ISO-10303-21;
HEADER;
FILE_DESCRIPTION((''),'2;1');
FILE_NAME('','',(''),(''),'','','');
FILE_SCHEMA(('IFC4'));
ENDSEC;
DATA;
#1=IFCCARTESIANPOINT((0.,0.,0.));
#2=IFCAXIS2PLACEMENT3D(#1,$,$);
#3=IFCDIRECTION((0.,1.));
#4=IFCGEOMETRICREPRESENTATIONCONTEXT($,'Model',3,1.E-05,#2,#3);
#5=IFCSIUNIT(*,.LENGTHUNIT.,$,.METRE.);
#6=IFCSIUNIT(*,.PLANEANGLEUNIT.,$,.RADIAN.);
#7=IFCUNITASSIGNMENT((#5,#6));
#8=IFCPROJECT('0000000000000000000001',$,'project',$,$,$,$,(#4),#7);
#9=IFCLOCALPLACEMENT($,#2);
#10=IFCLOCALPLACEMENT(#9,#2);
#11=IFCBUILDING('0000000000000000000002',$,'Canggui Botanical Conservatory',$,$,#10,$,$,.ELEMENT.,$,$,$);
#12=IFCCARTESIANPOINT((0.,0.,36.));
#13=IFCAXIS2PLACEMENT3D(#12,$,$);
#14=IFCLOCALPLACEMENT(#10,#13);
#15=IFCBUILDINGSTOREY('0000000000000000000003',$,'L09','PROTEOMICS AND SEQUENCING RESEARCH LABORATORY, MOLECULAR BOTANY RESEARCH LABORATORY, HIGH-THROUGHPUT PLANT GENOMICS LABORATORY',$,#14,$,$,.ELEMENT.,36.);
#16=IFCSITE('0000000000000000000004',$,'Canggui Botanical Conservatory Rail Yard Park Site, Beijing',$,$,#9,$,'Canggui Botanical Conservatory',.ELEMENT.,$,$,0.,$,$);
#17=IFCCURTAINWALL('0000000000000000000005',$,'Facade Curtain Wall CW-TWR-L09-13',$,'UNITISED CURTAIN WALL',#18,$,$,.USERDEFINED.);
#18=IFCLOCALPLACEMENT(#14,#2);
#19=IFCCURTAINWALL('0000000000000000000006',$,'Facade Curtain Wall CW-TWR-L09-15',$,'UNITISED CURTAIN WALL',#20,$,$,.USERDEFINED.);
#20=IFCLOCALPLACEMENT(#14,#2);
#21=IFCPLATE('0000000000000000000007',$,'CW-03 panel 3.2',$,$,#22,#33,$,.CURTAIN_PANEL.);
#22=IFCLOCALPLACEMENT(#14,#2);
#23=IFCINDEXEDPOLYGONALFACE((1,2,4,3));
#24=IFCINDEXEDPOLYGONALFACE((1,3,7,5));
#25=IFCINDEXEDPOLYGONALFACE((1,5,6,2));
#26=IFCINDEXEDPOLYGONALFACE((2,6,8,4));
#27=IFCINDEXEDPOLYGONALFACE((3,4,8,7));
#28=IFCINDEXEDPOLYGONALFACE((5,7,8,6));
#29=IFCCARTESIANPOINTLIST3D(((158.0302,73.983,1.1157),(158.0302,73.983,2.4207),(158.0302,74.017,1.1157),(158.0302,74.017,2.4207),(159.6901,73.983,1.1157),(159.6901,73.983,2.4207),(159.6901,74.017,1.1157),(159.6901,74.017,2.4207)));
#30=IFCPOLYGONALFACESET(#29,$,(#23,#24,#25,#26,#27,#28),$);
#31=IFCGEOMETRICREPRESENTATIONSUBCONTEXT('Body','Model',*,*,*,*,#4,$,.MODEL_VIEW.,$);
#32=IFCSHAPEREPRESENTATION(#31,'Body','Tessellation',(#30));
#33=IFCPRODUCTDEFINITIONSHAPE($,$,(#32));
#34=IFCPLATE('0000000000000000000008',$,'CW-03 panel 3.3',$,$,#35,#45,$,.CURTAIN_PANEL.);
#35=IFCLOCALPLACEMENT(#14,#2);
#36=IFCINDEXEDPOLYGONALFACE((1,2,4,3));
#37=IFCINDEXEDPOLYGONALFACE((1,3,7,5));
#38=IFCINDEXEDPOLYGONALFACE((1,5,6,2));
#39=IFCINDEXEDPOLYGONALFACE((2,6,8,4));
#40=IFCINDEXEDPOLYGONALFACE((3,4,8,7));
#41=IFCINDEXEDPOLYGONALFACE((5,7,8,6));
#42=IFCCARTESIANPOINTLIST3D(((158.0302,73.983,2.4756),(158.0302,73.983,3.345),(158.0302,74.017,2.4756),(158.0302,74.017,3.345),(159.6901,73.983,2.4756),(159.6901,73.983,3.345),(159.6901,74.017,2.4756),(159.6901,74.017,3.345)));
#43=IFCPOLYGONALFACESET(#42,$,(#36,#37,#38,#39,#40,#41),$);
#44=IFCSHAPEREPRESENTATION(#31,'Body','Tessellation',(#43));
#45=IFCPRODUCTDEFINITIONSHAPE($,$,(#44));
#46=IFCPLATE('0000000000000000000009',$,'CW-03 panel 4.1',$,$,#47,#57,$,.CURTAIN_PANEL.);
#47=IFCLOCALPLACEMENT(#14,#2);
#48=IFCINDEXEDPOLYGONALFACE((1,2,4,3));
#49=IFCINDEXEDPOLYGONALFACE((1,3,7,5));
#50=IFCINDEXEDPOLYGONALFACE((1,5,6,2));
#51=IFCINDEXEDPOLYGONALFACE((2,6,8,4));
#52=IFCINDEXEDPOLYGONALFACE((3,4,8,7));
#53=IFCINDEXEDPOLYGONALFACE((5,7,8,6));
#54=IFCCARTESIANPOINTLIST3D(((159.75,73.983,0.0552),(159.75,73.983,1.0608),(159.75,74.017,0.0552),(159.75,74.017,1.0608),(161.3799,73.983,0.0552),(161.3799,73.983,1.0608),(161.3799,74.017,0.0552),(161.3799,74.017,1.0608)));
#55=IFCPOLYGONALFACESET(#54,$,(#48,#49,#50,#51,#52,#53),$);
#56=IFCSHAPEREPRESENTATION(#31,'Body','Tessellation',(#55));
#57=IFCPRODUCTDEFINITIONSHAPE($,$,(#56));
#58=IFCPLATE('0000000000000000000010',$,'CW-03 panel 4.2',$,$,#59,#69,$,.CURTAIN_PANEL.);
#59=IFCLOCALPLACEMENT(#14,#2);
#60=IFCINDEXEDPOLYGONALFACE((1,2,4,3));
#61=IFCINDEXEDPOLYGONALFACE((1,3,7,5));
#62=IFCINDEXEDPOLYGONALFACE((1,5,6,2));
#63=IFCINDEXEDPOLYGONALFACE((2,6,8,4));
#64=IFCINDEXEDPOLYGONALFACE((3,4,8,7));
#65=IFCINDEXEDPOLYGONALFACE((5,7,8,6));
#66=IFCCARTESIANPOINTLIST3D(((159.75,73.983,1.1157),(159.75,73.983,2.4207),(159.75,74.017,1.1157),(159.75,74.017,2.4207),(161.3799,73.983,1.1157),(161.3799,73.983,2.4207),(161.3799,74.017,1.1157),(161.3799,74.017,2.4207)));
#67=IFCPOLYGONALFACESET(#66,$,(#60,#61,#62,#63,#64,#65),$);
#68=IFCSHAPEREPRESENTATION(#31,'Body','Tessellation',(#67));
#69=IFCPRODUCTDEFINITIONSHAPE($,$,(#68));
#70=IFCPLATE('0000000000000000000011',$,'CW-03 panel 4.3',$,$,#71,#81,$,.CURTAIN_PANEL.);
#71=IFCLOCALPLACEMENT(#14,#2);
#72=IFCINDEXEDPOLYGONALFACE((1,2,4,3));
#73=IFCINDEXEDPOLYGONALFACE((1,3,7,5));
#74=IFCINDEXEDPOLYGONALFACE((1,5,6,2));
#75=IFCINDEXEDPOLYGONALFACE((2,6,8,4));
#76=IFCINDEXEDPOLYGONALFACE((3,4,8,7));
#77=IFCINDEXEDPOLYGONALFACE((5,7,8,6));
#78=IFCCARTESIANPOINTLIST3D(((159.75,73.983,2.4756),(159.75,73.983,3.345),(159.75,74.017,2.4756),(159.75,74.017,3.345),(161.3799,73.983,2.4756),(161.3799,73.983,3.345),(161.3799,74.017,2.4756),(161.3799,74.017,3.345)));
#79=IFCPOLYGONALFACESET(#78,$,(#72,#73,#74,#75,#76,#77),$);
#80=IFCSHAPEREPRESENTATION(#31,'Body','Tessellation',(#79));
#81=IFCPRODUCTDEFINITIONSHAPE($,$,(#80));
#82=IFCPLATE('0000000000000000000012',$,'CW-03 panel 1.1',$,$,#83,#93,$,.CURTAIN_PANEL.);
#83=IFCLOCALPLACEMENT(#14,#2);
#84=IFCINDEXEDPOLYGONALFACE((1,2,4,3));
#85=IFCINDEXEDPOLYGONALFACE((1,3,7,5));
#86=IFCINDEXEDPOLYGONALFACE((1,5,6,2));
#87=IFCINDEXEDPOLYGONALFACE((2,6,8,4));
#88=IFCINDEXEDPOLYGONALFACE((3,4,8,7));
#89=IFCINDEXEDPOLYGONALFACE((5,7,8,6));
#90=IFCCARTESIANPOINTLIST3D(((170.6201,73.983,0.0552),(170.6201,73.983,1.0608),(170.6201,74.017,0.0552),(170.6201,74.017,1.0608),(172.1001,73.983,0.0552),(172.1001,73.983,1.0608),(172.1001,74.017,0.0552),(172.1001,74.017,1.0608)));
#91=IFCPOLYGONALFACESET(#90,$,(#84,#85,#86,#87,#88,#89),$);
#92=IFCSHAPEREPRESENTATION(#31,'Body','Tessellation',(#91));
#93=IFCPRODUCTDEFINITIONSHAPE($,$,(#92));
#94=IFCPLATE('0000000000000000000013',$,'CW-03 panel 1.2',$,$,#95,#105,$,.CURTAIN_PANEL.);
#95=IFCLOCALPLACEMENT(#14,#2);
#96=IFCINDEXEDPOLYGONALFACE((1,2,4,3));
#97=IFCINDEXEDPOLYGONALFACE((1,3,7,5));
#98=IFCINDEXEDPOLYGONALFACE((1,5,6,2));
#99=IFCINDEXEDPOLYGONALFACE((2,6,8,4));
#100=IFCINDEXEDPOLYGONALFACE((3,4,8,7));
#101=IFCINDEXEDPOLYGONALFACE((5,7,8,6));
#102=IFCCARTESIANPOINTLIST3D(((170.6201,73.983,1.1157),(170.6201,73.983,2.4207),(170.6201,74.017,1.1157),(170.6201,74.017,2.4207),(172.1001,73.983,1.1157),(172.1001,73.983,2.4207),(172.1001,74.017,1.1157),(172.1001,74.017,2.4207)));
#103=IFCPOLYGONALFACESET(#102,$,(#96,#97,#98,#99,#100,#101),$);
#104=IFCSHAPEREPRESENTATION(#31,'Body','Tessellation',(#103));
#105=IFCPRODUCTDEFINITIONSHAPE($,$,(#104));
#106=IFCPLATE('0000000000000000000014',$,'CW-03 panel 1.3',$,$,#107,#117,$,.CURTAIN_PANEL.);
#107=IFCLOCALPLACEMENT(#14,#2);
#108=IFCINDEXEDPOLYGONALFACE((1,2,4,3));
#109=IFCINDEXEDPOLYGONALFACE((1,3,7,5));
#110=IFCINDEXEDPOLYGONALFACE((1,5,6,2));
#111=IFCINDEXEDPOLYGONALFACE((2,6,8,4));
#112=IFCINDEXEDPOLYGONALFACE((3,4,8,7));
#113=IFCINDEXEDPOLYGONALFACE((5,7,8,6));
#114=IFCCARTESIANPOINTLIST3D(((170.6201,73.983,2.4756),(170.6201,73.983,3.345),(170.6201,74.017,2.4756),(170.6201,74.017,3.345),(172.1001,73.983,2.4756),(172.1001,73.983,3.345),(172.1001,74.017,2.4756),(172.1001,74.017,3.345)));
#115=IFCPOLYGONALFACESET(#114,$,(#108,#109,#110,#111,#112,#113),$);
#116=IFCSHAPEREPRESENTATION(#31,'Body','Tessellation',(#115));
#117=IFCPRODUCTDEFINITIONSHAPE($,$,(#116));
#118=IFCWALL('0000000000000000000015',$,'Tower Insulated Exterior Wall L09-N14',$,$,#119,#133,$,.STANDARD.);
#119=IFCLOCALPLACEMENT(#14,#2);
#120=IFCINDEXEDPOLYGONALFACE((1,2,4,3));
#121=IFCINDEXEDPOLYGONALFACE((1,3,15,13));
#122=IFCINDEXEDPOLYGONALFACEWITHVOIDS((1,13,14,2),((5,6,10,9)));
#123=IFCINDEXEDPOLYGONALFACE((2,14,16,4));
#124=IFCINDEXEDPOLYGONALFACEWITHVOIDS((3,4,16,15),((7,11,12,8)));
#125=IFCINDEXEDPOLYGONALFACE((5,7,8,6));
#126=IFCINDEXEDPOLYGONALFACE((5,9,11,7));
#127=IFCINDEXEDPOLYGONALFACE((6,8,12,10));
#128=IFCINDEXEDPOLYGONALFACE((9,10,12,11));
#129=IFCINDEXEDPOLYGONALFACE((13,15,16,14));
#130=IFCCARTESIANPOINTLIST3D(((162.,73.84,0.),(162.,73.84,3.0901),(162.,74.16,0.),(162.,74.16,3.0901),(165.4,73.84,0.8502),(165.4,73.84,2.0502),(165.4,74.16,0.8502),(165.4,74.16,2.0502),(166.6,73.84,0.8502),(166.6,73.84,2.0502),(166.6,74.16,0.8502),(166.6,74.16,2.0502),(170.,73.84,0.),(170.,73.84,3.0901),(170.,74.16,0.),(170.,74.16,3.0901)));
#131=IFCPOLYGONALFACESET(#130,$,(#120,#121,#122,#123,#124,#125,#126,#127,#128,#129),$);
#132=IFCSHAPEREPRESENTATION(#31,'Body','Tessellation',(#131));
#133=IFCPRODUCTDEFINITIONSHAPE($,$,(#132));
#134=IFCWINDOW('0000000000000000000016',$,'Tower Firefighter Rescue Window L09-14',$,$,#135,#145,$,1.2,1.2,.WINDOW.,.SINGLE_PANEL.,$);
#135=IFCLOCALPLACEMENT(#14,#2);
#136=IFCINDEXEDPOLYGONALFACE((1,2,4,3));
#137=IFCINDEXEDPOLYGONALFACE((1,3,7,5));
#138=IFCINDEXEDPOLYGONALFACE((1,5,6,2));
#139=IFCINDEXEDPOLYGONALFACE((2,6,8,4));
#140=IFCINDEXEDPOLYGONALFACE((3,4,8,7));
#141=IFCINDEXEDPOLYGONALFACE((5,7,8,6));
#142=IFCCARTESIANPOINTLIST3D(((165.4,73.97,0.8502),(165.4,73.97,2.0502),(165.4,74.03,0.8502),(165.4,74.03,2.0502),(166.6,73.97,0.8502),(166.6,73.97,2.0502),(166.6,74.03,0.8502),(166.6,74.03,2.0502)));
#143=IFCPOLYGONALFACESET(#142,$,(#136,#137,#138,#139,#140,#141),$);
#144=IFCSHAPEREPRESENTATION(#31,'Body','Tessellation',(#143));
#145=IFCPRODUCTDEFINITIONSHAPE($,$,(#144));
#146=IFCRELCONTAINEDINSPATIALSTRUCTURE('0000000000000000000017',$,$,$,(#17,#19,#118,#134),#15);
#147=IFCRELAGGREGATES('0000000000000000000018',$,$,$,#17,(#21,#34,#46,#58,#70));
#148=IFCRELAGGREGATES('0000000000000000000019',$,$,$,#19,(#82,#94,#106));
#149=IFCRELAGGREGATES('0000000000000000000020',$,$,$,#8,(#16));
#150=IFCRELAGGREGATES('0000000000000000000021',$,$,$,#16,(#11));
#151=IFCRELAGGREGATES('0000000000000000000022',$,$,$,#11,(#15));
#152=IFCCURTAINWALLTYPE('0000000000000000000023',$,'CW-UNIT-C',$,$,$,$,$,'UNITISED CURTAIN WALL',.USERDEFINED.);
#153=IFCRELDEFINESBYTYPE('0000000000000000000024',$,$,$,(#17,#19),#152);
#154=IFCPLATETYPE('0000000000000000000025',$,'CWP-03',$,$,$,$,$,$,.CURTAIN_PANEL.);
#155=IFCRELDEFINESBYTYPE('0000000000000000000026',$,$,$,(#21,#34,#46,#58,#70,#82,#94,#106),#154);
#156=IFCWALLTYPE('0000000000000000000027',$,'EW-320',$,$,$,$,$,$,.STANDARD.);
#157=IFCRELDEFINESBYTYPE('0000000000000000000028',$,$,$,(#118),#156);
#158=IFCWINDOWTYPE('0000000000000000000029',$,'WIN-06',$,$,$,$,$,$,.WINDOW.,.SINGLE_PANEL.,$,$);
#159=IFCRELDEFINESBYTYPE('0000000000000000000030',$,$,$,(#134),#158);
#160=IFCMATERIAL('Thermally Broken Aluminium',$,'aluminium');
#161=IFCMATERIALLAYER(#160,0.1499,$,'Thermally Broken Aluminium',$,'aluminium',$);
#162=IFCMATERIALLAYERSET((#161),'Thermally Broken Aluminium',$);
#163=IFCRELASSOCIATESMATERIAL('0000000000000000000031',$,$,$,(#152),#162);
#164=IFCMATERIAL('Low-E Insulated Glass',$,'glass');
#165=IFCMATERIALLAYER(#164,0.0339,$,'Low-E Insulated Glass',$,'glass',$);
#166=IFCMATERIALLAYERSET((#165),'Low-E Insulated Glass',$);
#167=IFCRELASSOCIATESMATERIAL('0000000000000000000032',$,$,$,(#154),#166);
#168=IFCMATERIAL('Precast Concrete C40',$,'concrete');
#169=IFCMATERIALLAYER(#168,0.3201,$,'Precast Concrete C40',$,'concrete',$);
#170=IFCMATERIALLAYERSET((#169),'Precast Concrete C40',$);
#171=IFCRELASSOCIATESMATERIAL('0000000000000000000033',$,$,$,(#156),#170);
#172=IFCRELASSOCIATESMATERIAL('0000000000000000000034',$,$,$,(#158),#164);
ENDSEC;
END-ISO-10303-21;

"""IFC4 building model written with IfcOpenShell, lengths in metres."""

from ifc_helpers import new_model, si_unit, direction, frame, frame_2d, origin, origin_2d, place, context, subcontext, project, spatial, rectangle, extrude, material, layer, layer_set, type_object, element, fill, aggregate, save


model = new_model("IFC4")

# Units and contexts
model_context = context("Model", 3, precision=1e-05, world=origin(), true_north=direction((0.0, 1.0)))
body_context = subcontext(model_context, "Body", "Model", "MODEL_VIEW")
ifc_project = project(units=[si_unit("LENGTHUNIT", "METRE"), si_unit("PLANEANGLEUNIT", "RADIAN")], contexts=[model_context])

# Site, building, storey
site_placement = place(None, origin())
site = spatial("IfcSite", under=ifc_project, at=site_placement, Name="Canggui Botanical Conservatory Rail Yard Park Site, Beijing", LongName="Canggui Botanical Conservatory", CompositionType="ELEMENT", RefElevation=0.0)
building_placement = place(site_placement, origin())
building = spatial("IfcBuilding", under=site, at=building_placement, Name="Canggui Botanical Conservatory", CompositionType="ELEMENT")
storey_placement = place(building_placement, frame((0.0, 0.0, 36.0)))
storey = spatial("IfcBuildingStorey", under=building, at=storey_placement, Name="L09", Description="PROTEOMICS AND SEQUENCING RESEARCH LABORATORY, MOLECULAR BOTANY RESEARCH LABORATORY, HIGH-THROUGHPUT PLANT GENOMICS LABORATORY", CompositionType="ELEMENT", Elevation=36.0)

# Curtain walls
ifc_material_1 = material(Name="Thermally Broken Aluminium", Category="aluminium")
ifc_layer_1 = layer(ifc_material_1, 0.1499, Name="Thermally Broken Aluminium", Category="aluminium")
ifc_layer_set_1 = layer_set([ifc_layer_1], Name="Thermally Broken Aluminium")
curtain_wall_type = type_object("IfcCurtainWallType", Name="CW-UNIT-C", ElementType="UNITISED CURTAIN WALL", PredefinedType="USERDEFINED", material=ifc_layer_set_1)
curtain_wall_1_placement = place(storey_placement, origin())
curtain_wall_1 = element("IfcCurtainWall", 1, at=curtain_wall_1_placement, inside=storey, type_object=curtain_wall_type, Name="Facade Curtain Wall CW-TWR-L09-13", ObjectType="UNITISED CURTAIN WALL", PredefinedType="USERDEFINED")
curtain_wall_2_placement = place(storey_placement, origin())
curtain_wall_2 = element("IfcCurtainWall", 2, at=curtain_wall_2_placement, inside=storey, type_object=curtain_wall_type, Name="Facade Curtain Wall CW-TWR-L09-15", ObjectType="UNITISED CURTAIN WALL", PredefinedType="USERDEFINED")

# Plates
ifc_material_2 = material(Name="Low-E Insulated Glass", Category="glass")
ifc_layer_2 = layer(ifc_material_2, 0.0339, Name="Low-E Insulated Glass", Category="glass")
ifc_layer_set_2 = layer_set([ifc_layer_2], Name="Low-E Insulated Glass")
plate_type = type_object("IfcPlateType", Name="CWP-03", PredefinedType="CURTAIN_PANEL", material=ifc_layer_set_2)
plate_1_placement = place(storey_placement, frame((158.8601, 74.0, 1.1157), z_axis=(0.0, 0.0, 1.0), x_axis=(1.0, 0.0, 0.0)))
plate_1 = element("IfcPlate", 3, at=plate_1_placement, type_object=plate_type, Name="CW-03 panel 3.2", PredefinedType="CURTAIN_PANEL", context=body_context, shape_type="SweptSolid", body=[
    extrude(rectangle(XDim=1.6599, YDim=0.0339, at=origin_2d()), origin(), (0.0, 0.0, 1.0), 1.3049),
])
plate_2_placement = place(storey_placement, frame((158.8601, 74.0, 2.4756), z_axis=(0.0, 0.0, 1.0), x_axis=(1.0, 0.0, 0.0)))
plate_2 = element("IfcPlate", 4, at=plate_2_placement, type_object=plate_type, Name="CW-03 panel 3.3", PredefinedType="CURTAIN_PANEL", context=body_context, shape_type="SweptSolid", body=[
    extrude(rectangle(XDim=1.6599, YDim=0.0339, at=origin_2d()), origin(), (0.0, 0.0, 1.0), 0.8694),
])
plate_3_placement = place(storey_placement, frame((160.5649, 74.0, 0.0552), z_axis=(0.0, 0.0, 1.0), x_axis=(1.0, 0.0, 0.0)))
plate_3 = element("IfcPlate", 5, at=plate_3_placement, type_object=plate_type, Name="CW-03 panel 4.1", PredefinedType="CURTAIN_PANEL", context=body_context, shape_type="SweptSolid", body=[
    extrude(rectangle(XDim=1.6299, YDim=0.0339, at=origin_2d()), origin(), (0.0, 0.0, 1.0), 1.0056),
])
plate_4_placement = place(storey_placement, frame((160.5649, 74.0, 1.1157), z_axis=(0.0, 0.0, 1.0), x_axis=(1.0, 0.0, 0.0)))
plate_4 = element("IfcPlate", 6, at=plate_4_placement, type_object=plate_type, Name="CW-03 panel 4.2", PredefinedType="CURTAIN_PANEL", context=body_context, shape_type="SweptSolid", body=[
    extrude(rectangle(XDim=1.6299, YDim=0.0339, at=origin_2d()), origin(), (0.0, 0.0, 1.0), 1.3049),
])
plate_5_placement = place(storey_placement, frame((160.5649, 74.0, 2.4756), z_axis=(0.0, 0.0, 1.0), x_axis=(1.0, 0.0, 0.0)))
plate_5 = element("IfcPlate", 7, at=plate_5_placement, type_object=plate_type, Name="CW-03 panel 4.3", PredefinedType="CURTAIN_PANEL", context=body_context, shape_type="SweptSolid", body=[
    extrude(rectangle(XDim=1.6299, YDim=0.0339, at=origin_2d()), origin(), (0.0, 0.0, 1.0), 0.8694),
])
aggregate(curtain_wall_1, [plate_1, plate_2, plate_3, plate_4, plate_5])
plate_6_placement = place(storey_placement, frame((171.3601, 74.0, 0.0552), z_axis=(0.0, 0.0, 1.0), x_axis=(1.0, 0.0, 0.0)))
plate_6 = element("IfcPlate", 8, at=plate_6_placement, type_object=plate_type, Name="CW-03 panel 1.1", PredefinedType="CURTAIN_PANEL", context=body_context, shape_type="SweptSolid", body=[
    extrude(rectangle(XDim=1.48, YDim=0.0339, at=origin_2d()), origin(), (0.0, 0.0, 1.0), 1.0056),
])
plate_7_placement = place(storey_placement, frame((171.3601, 74.0, 1.1157), z_axis=(0.0, 0.0, 1.0), x_axis=(1.0, 0.0, 0.0)))
plate_7 = element("IfcPlate", 9, at=plate_7_placement, type_object=plate_type, Name="CW-03 panel 1.2", PredefinedType="CURTAIN_PANEL", context=body_context, shape_type="SweptSolid", body=[
    extrude(rectangle(XDim=1.48, YDim=0.0339, at=origin_2d()), origin(), (0.0, 0.0, 1.0), 1.3049),
])
plate_8_placement = place(storey_placement, frame((171.3601, 74.0, 2.4756), z_axis=(0.0, 0.0, 1.0), x_axis=(1.0, 0.0, 0.0)))
plate_8 = element("IfcPlate", 10, at=plate_8_placement, type_object=plate_type, Name="CW-03 panel 1.3", PredefinedType="CURTAIN_PANEL", context=body_context, shape_type="SweptSolid", body=[
    extrude(rectangle(XDim=1.48, YDim=0.0339, at=origin_2d()), origin(), (0.0, 0.0, 1.0), 0.8694),
])
aggregate(curtain_wall_2, [plate_6, plate_7, plate_8])

# Wall, opening, window
ifc_material_3 = material(Name="Precast Concrete C40", Category="concrete")
ifc_layer_3 = layer(ifc_material_3, 0.3201, Name="Precast Concrete C40", Category="concrete")
ifc_layer_set_3 = layer_set([ifc_layer_3], Name="Precast Concrete C40")
wall_type = type_object("IfcWallType", Name="EW-320", PredefinedType="STANDARD", material=ifc_layer_set_3)
wall_placement = place(storey_placement, frame((162.0, 74.0, 0.0), z_axis=(0.0, 0.0, 1.0), x_axis=(1.0, 0.0, 0.0)))
wall = element("IfcWall", 11, at=wall_placement, inside=storey, type_object=wall_type, Name="Tower Insulated Exterior Wall L09-N14", PredefinedType="STANDARD", context=body_context, shape_type="SweptSolid", body=[
    extrude(rectangle(XDim=8.0, YDim=0.3201, at=frame_2d((4.0, 0.0))), origin(), (0.0, 0.0, 1.0), 3.0901),
])
opening_placement = place(wall_placement, frame((3.3999, 0.0, 0.8501)))
opening = element("IfcOpeningElement", 12, at=opening_placement, cuts=wall, PredefinedType="OPENING", context=body_context, shape_type="SweptSolid", body=[
    extrude(rectangle(XDim=1.2, YDim=1.2, at=frame_2d((0.6001, 0.6001))), frame((0.0, 0.1699, 0.0), z_axis=(0.0, -1.0, 0.0), x_axis=(1.0, 0.0, 0.0)), (0.0, 0.0, 1.0), 0.3401),
])
window_type = type_object("IfcWindowType", Name="WIN-06", PartitioningType="SINGLE_PANEL", PredefinedType="WINDOW", material=ifc_material_2)
window_placement = place(opening_placement, origin())
window = element("IfcWindow", 13, at=window_placement, inside=storey, type_object=window_type, Name="Tower Firefighter Rescue Window L09-14", OverallHeight=1.2, OverallWidth=1.2, PartitioningType="SINGLE_PANEL", PredefinedType="WINDOW", context=body_context, shape_type="SweptSolid", body=[
    extrude(rectangle(XDim=1.2, YDim=1.2, at=frame_2d((0.6001, 0.6001))), frame((0.0, 0.03, 0.0), z_axis=(0.0, -1.0, 0.0), x_axis=(1.0, 0.0, 0.0)), (0.0, 0.0, 1.0), 0.0601),
])
fill(opening, window)

save(model, "model.ifc")
